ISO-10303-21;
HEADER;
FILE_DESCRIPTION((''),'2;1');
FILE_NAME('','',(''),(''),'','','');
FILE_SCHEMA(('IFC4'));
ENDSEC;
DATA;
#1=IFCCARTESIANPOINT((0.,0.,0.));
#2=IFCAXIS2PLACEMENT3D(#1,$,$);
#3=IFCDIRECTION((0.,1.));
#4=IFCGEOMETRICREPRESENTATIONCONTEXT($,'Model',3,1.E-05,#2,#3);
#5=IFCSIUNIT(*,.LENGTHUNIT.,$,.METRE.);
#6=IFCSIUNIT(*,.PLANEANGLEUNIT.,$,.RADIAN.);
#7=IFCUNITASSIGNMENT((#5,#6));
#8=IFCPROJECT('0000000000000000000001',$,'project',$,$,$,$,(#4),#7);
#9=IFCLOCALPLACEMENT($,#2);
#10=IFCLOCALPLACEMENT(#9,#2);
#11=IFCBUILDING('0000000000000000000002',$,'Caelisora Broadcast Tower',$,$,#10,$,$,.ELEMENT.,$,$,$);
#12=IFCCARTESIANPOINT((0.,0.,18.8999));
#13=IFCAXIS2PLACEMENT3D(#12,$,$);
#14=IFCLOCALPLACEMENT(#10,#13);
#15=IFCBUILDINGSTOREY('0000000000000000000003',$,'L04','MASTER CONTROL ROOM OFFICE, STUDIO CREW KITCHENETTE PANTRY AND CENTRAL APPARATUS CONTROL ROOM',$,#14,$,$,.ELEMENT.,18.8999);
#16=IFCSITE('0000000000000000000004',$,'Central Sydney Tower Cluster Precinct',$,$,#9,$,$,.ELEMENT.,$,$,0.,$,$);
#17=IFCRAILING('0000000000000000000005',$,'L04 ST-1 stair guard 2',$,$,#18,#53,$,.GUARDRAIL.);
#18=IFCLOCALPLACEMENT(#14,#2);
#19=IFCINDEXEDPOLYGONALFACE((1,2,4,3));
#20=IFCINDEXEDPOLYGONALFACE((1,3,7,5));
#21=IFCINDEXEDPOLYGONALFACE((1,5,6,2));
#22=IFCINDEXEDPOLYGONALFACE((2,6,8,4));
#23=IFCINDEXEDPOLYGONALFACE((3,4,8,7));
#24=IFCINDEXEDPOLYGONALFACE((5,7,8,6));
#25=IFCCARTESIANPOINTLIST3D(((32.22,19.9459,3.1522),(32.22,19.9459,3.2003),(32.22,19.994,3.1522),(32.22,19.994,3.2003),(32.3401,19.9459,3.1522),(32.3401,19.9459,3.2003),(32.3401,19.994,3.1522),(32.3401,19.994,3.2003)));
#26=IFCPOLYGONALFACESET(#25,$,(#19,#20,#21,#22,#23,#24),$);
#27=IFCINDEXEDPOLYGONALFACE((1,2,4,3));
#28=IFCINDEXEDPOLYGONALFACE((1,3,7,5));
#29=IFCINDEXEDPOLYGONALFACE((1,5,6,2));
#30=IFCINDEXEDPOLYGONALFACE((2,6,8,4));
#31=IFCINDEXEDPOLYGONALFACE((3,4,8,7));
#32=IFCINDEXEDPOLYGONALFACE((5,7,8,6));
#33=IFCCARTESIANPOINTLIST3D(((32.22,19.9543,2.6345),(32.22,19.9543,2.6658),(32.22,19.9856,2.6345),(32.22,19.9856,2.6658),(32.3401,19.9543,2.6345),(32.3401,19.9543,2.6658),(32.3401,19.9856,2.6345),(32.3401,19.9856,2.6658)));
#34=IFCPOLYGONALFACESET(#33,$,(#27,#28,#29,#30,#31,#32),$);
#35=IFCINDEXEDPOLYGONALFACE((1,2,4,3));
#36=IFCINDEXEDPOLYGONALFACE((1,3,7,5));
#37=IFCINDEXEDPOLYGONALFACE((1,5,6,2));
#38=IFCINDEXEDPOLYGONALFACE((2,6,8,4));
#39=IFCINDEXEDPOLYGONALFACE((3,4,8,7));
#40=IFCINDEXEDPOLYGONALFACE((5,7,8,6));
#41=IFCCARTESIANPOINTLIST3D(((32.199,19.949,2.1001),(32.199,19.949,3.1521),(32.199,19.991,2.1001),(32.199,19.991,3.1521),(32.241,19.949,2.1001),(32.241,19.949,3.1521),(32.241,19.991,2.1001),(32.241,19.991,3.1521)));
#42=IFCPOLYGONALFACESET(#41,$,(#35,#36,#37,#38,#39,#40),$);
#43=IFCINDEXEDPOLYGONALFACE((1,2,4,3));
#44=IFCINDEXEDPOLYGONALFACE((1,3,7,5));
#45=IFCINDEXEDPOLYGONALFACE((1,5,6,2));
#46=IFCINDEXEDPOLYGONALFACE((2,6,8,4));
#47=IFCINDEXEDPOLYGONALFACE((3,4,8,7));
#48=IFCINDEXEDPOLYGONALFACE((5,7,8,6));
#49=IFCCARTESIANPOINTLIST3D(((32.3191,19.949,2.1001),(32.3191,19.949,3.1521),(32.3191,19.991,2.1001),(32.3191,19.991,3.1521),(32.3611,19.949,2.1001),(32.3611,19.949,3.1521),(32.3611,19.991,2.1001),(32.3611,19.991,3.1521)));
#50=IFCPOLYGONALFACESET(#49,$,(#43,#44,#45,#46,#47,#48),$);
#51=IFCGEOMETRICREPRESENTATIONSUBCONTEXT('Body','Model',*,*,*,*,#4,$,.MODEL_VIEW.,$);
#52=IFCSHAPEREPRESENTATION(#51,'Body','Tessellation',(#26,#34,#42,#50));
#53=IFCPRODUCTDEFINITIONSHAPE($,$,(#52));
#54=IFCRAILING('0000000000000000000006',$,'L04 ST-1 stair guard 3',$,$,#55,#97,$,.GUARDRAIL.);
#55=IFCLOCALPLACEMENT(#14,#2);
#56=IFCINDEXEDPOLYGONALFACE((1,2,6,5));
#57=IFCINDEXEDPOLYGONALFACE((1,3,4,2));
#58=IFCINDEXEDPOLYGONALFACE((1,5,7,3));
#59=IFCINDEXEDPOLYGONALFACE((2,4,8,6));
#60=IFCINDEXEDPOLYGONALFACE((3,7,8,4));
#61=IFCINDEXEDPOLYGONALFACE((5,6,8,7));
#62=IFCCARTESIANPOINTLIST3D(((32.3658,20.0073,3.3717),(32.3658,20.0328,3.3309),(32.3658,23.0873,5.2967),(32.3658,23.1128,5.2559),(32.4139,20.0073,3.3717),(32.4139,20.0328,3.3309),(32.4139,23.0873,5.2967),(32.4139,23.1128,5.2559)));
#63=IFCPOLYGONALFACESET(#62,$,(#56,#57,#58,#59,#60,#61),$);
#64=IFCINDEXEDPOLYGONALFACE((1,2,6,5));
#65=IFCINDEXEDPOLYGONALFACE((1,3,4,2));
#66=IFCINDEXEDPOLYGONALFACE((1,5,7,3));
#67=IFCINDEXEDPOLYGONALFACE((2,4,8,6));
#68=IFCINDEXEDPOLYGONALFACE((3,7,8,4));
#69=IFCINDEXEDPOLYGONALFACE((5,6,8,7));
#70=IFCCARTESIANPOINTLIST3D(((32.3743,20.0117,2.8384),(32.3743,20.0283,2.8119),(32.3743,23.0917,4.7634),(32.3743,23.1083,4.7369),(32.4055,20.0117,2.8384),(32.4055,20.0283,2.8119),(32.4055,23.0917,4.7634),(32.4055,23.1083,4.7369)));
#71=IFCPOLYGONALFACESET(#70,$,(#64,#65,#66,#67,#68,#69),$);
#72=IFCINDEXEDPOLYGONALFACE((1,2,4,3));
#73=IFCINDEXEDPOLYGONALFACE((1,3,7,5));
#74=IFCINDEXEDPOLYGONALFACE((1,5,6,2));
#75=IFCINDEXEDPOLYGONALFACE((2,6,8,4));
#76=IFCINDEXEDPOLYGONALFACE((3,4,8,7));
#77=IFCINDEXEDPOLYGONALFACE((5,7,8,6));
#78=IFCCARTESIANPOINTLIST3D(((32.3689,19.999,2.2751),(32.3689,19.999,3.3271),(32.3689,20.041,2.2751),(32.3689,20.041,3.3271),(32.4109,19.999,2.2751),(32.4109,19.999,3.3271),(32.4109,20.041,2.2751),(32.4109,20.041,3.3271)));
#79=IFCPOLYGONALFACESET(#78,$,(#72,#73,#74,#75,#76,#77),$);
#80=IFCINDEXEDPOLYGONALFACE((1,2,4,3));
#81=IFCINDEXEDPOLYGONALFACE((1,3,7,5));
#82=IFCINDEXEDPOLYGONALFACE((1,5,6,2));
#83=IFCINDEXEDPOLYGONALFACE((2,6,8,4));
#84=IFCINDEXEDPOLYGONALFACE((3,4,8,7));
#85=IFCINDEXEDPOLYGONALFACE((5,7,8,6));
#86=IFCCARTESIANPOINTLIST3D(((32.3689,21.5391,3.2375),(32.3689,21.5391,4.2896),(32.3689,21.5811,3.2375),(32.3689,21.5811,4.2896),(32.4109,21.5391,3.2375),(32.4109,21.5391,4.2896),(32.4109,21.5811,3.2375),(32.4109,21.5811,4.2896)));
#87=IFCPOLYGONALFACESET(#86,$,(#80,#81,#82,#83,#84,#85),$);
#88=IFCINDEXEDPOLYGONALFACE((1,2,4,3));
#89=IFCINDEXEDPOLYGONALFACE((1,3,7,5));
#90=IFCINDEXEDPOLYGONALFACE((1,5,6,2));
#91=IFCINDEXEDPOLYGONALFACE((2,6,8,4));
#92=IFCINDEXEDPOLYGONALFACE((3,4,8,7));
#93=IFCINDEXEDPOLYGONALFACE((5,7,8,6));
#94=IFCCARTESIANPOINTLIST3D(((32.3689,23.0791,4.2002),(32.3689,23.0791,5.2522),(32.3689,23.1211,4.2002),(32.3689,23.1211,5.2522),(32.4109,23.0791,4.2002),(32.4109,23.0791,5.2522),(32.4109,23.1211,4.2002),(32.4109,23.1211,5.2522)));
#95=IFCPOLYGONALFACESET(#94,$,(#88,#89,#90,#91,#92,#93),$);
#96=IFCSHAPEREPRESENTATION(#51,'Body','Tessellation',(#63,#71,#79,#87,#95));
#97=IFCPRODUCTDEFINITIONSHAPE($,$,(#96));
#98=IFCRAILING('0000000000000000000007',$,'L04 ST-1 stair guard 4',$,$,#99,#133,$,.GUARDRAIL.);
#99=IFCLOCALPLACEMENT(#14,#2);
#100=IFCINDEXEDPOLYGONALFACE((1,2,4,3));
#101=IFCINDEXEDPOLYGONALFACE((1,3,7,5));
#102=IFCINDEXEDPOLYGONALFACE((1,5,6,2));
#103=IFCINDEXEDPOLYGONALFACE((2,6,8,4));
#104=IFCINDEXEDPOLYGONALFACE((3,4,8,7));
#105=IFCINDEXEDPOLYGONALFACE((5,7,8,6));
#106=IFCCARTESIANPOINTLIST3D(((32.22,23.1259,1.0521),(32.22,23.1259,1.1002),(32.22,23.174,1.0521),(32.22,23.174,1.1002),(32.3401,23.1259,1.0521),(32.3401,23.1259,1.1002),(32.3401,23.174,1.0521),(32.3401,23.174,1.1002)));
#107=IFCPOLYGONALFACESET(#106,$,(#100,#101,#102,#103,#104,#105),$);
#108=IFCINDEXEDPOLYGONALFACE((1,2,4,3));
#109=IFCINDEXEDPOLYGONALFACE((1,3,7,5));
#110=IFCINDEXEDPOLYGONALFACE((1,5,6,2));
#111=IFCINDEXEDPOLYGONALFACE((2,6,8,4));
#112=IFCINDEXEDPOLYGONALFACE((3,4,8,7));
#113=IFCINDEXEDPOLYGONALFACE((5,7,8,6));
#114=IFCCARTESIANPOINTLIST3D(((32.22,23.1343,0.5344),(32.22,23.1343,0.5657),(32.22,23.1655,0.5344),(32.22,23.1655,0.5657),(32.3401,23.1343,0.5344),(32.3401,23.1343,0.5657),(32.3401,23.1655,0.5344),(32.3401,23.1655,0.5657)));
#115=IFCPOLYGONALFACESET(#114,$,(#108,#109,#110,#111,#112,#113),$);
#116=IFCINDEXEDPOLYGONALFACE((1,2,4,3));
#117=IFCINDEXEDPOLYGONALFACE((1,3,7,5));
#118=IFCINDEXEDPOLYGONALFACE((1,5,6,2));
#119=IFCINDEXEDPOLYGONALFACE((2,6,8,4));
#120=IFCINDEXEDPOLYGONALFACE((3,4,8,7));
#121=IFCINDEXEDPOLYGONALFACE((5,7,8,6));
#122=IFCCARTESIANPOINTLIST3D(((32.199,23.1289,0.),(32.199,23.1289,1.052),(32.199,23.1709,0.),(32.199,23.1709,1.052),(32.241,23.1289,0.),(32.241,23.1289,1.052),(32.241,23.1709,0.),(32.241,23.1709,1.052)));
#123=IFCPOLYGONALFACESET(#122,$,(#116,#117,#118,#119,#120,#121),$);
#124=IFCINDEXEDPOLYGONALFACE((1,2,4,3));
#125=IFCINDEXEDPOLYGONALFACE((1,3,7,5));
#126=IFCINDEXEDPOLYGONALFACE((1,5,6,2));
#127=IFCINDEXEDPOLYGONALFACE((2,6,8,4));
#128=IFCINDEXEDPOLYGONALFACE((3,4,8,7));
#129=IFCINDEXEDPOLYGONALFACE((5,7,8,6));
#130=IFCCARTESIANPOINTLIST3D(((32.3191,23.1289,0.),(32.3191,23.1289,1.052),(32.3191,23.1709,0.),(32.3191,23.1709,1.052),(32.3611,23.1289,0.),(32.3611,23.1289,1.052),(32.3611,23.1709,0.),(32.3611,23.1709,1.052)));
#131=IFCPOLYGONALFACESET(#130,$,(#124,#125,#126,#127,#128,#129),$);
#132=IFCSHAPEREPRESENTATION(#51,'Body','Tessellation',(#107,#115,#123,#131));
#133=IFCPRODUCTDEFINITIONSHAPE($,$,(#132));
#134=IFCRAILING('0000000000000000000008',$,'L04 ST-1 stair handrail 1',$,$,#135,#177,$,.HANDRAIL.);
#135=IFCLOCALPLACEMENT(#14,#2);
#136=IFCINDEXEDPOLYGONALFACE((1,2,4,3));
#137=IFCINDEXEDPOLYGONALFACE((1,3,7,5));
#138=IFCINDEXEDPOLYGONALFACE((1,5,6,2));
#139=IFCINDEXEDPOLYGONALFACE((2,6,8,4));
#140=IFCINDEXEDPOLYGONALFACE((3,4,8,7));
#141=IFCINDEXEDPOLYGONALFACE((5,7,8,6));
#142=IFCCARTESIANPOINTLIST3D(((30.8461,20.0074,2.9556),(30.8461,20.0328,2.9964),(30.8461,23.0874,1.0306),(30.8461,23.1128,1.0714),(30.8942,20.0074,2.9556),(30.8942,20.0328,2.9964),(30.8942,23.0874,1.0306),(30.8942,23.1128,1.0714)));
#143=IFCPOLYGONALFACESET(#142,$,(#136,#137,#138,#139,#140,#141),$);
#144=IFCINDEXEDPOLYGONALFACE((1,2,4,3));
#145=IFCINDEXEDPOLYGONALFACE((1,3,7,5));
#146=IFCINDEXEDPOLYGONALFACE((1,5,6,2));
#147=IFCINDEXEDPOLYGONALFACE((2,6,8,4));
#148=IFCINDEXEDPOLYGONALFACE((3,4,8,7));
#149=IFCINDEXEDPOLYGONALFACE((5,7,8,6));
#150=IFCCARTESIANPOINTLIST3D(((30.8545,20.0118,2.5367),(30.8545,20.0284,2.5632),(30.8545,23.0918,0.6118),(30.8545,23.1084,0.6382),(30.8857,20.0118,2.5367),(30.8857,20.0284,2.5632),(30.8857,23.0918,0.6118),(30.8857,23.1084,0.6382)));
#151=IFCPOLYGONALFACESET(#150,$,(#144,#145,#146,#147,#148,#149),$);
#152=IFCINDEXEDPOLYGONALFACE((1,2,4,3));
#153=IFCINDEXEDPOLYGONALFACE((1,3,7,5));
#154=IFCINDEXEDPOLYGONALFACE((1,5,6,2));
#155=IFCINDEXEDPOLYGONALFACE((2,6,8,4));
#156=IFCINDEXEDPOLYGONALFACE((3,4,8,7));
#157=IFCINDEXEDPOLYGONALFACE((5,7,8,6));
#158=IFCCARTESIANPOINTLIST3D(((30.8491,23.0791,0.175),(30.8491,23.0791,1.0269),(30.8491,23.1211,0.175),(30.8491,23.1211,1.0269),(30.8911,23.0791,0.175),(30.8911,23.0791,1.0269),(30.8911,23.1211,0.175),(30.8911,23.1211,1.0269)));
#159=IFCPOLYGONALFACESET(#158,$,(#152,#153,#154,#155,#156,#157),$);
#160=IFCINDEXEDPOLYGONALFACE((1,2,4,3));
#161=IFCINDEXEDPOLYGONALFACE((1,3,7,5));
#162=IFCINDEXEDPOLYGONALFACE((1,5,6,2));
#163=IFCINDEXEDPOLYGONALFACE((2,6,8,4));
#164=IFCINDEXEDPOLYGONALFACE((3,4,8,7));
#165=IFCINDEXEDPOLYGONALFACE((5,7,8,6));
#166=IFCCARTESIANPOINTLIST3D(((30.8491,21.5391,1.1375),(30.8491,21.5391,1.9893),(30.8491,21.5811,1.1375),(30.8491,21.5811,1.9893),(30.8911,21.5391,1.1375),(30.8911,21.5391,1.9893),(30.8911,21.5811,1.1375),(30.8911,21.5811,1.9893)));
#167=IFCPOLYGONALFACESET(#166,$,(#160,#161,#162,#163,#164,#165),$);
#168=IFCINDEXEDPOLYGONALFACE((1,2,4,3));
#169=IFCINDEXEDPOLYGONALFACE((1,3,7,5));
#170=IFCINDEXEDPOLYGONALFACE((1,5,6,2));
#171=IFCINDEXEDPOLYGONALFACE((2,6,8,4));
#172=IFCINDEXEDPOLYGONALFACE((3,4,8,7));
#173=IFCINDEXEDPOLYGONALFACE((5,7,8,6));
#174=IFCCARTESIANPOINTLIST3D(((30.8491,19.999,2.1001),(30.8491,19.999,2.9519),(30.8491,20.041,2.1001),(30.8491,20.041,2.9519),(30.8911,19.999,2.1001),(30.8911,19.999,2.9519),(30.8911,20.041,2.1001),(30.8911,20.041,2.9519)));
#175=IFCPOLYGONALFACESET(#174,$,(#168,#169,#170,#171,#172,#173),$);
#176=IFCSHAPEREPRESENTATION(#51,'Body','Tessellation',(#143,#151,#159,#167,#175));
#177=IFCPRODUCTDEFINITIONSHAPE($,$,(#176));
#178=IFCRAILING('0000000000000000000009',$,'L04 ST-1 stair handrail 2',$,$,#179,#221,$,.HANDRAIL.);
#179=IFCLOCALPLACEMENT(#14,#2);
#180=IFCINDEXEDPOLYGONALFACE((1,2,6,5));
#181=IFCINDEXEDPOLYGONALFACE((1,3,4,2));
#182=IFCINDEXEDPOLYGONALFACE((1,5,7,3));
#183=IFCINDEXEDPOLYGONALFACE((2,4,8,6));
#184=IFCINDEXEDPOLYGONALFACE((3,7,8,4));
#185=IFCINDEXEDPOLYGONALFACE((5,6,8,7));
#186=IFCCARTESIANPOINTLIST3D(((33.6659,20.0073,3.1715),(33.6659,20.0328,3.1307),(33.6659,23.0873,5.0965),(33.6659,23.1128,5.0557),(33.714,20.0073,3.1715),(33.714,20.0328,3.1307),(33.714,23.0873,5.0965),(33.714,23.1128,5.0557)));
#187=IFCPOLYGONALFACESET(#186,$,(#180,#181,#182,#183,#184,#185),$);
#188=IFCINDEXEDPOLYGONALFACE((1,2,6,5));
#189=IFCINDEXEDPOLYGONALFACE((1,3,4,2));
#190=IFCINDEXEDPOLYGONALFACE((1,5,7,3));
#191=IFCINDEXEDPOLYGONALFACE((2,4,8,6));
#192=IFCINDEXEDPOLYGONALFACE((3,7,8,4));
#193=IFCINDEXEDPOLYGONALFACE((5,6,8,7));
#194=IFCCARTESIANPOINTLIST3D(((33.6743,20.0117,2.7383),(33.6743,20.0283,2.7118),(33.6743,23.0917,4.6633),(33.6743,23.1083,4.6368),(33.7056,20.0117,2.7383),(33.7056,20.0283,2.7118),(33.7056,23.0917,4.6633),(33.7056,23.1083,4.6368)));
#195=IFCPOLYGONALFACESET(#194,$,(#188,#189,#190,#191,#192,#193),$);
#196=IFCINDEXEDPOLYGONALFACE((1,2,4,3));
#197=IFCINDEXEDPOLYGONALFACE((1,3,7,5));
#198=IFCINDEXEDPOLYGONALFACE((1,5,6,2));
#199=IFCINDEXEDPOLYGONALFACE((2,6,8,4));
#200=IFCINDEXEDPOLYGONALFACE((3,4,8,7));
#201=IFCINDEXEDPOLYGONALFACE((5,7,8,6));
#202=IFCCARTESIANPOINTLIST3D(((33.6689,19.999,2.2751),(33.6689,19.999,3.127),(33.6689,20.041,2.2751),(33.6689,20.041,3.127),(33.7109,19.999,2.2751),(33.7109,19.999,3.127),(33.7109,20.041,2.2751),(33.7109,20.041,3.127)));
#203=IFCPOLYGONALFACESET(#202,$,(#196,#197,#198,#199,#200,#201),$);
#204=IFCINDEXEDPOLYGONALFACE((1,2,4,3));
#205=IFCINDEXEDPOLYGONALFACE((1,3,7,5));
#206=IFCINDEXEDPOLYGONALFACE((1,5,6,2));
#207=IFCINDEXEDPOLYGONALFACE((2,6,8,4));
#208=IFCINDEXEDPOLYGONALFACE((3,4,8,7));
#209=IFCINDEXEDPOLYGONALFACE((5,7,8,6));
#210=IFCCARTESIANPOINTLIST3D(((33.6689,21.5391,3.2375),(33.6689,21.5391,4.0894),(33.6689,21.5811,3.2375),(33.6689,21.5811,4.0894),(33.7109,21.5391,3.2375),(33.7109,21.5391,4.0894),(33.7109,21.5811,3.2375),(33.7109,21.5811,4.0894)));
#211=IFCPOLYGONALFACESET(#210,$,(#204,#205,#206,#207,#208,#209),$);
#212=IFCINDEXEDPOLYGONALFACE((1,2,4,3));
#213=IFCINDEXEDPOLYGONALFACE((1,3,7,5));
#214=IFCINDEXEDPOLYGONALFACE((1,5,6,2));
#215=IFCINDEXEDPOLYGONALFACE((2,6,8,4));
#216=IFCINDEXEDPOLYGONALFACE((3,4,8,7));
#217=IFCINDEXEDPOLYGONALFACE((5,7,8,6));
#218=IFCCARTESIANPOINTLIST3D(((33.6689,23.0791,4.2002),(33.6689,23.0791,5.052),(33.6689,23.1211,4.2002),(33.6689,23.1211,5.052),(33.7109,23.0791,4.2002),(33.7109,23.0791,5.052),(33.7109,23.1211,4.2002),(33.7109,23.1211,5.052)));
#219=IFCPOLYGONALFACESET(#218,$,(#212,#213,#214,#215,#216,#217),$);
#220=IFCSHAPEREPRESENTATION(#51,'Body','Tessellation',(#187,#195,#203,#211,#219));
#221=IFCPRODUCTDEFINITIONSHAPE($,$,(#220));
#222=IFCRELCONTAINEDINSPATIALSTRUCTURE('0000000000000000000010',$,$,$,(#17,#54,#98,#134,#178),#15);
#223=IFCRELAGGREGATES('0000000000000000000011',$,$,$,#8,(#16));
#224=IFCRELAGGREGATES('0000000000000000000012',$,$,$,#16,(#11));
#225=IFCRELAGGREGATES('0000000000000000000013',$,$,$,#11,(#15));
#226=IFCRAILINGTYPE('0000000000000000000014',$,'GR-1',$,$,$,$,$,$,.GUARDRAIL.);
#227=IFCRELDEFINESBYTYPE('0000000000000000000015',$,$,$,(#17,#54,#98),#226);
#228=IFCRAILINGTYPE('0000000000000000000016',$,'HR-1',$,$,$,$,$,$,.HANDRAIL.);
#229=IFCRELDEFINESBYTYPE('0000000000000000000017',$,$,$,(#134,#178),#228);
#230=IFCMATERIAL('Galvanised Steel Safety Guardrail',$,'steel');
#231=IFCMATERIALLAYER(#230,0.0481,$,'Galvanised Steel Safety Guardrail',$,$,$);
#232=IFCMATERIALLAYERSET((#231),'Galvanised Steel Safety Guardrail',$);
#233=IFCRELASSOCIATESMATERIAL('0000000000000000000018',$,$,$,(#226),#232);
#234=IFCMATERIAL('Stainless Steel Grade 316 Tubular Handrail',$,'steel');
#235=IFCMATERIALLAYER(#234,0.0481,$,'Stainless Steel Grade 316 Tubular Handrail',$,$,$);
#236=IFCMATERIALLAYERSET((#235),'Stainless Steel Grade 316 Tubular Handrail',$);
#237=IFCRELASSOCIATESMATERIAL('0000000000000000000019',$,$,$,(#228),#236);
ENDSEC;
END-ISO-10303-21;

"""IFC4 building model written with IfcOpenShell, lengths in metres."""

from ifc_helpers import new_model, si_unit, direction, frame, origin, origin_2d, place, context, subcontext, project, spatial, rectangle, extrude, material, layer, layer_set, type_object, element, save


model = new_model("IFC4")

# Units and contexts
model_context = context("Model", 3, precision=1e-05, world=origin(), true_north=direction((0.0, 1.0)))
body_context = subcontext(model_context, "Body", "Model", "MODEL_VIEW")
ifc_project = project(units=[si_unit("LENGTHUNIT", "METRE"), si_unit("PLANEANGLEUNIT", "RADIAN")], contexts=[model_context])

# Site, building, storey
site_placement = place(None, origin())
site = spatial("IfcSite", under=ifc_project, at=site_placement, Name="Central Sydney Tower Cluster Precinct", CompositionType="ELEMENT", RefElevation=0.0)
building_placement = place(site_placement, origin())
building = spatial("IfcBuilding", under=site, at=building_placement, Name="Caelisora Broadcast Tower", CompositionType="ELEMENT")
storey_placement = place(building_placement, frame((0.0, 0.0, 18.8999)))
storey = spatial("IfcBuildingStorey", under=building, at=storey_placement, Name="L04", Description="MASTER CONTROL ROOM OFFICE, STUDIO CREW KITCHENETTE PANTRY AND CENTRAL APPARATUS CONTROL ROOM", CompositionType="ELEMENT", Elevation=18.8999)

# Railings
ifc_material_1 = material(Name="Galvanised Steel Safety Guardrail", Category="steel")
ifc_layer_1 = layer(ifc_material_1, 0.0481, Name="Galvanised Steel Safety Guardrail")
ifc_layer_set_1 = layer_set([ifc_layer_1], Name="Galvanised Steel Safety Guardrail")
railing_type_1 = type_object("IfcRailingType", Name="GR-1", PredefinedType="GUARDRAIL", material=ifc_layer_set_1)
railing_1_placement = place(storey_placement, frame((32.22, 19.97, 2.1001)))
element("IfcRailing", 1, at=railing_1_placement, inside=storey, type_object=railing_type_1, Name="L04 ST-1 stair guard 2", PredefinedType="GUARDRAIL", context=body_context, shape_type="SweptSolid", body=[
    extrude(rectangle(XDim=0.0481, YDim=0.0481, at=origin_2d()), frame((0.0, 0.0, 1.0762), z_axis=(1.0, 0.0, 0.0), x_axis=(0.0, 1.0, 0.0)), (0.0, 0.0, 1.0), 0.1201),
    extrude(rectangle(XDim=0.0312, YDim=0.0312, at=origin_2d()), frame((0.0, 0.0, 0.55), z_axis=(1.0, 0.0, 0.0), x_axis=(0.0, 1.0, 0.0)), (0.0, 0.0, 1.0), 0.1201),
    extrude(rectangle(XDim=0.042, YDim=0.042, at=origin_2d()), origin(), (0.0, 0.0, 1.0), 1.052),
    extrude(rectangle(XDim=0.042, YDim=0.042, at=origin_2d()), frame((0.1201, 0.0, 0.0)), (0.0, 0.0, 1.0), 1.052),
])
railing_2_placement = place(storey_placement, frame((32.3899, 20.02, 2.2751)))
element("IfcRailing", 2, at=railing_2_placement, inside=storey, type_object=railing_type_1, Name="L04 ST-1 stair guard 3", PredefinedType="GUARDRAIL", context=body_context, shape_type="SweptSolid", body=[
    extrude(rectangle(XDim=0.0481, YDim=0.0481, at=origin_2d()), frame((0.0, 0.0, 1.0762), z_axis=(0.0, 0.847998, 0.529999), x_axis=(-1.0, 0.0, 0.0)), (0.0, 0.0, 1.0), 3.6321),
    extrude(rectangle(XDim=0.0312, YDim=0.0312, at=origin_2d()), frame((0.0, 0.0, 0.55), z_axis=(0.0, 0.847998, 0.529999), x_axis=(-1.0, 0.0, 0.0)), (0.0, 0.0, 1.0), 3.6321),
    extrude(rectangle(XDim=0.042, YDim=0.042, at=origin_2d()), origin(), (0.0, 0.0, 1.0), 1.052),
    extrude(rectangle(XDim=0.042, YDim=0.042, at=origin_2d()), frame((0.0, 1.54, 0.9624)), (0.0, 0.0, 1.0), 1.052),
    extrude(rectangle(XDim=0.042, YDim=0.042, at=origin_2d()), frame((0.0, 3.0801, 1.925)), (0.0, 0.0, 1.0), 1.052),
])
railing_3_placement = place(storey_placement, frame((32.22, 23.1499, 0.0)))
element("IfcRailing", 3, at=railing_3_placement, inside=storey, type_object=railing_type_1, Name="L04 ST-1 stair guard 4", PredefinedType="GUARDRAIL", context=body_context, shape_type="SweptSolid", body=[
    extrude(rectangle(XDim=0.0481, YDim=0.0481, at=origin_2d()), frame((0.0, 0.0, 1.0762), z_axis=(1.0, 0.0, 0.0), x_axis=(0.0, 1.0, 0.0)), (0.0, 0.0, 1.0), 0.1201),
    extrude(rectangle(XDim=0.0312, YDim=0.0312, at=origin_2d()), frame((0.0, 0.0, 0.55), z_axis=(1.0, 0.0, 0.0), x_axis=(0.0, 1.0, 0.0)), (0.0, 0.0, 1.0), 0.1201),
    extrude(rectangle(XDim=0.042, YDim=0.042, at=origin_2d()), origin(), (0.0, 0.0, 1.0), 1.052),
    extrude(rectangle(XDim=0.042, YDim=0.042, at=origin_2d()), frame((0.1201, 0.0, 0.0)), (0.0, 0.0, 1.0), 1.052),
])
ifc_material_2 = material(Name="Stainless Steel Grade 316 Tubular Handrail", Category="steel")
ifc_layer_2 = layer(ifc_material_2, 0.0481, Name="Stainless Steel Grade 316 Tubular Handrail")
ifc_layer_set_2 = layer_set([ifc_layer_2], Name="Stainless Steel Grade 316 Tubular Handrail")
railing_type_2 = type_object("IfcRailingType", Name="HR-1", PredefinedType="HANDRAIL", material=ifc_layer_set_2)
railing_4_placement = place(storey_placement, frame((30.8701, 23.1001, 0.175)))
element("IfcRailing", 4, at=railing_4_placement, inside=storey, type_object=railing_type_2, Name="L04 ST-1 stair handrail 1", PredefinedType="HANDRAIL", context=body_context, shape_type="SweptSolid", body=[
    extrude(rectangle(XDim=0.0481, YDim=0.0481, at=origin_2d()), frame((0.0, 0.0, 0.876), z_axis=(0.0, -0.847998, 0.529999), x_axis=(1.0, 0.0, 0.0)), (0.0, 0.0, 1.0), 3.6321),
    extrude(rectangle(XDim=0.0312, YDim=0.0312, at=origin_2d()), frame((0.0, 0.0, 0.45), z_axis=(0.0, -0.847998, 0.529999), x_axis=(1.0, 0.0, 0.0)), (0.0, 0.0, 1.0), 3.6321),
    extrude(rectangle(XDim=0.042, YDim=0.042, at=origin_2d()), origin(), (0.0, 0.0, 1.0), 0.8518),
    extrude(rectangle(XDim=0.042, YDim=0.042, at=origin_2d()), frame((0.0, -1.54, 0.9624)), (0.0, 0.0, 1.0), 0.8518),
    extrude(rectangle(XDim=0.042, YDim=0.042, at=origin_2d()), frame((0.0, -3.0801, 1.925)), (0.0, 0.0, 1.0), 0.8518),
])
railing_5_placement = place(storey_placement, frame((33.6899, 20.02, 2.2751)))
element("IfcRailing", 5, at=railing_5_placement, inside=storey, type_object=railing_type_2, Name="L04 ST-1 stair handrail 2", PredefinedType="HANDRAIL", context=body_context, shape_type="SweptSolid", body=[
    extrude(rectangle(XDim=0.0481, YDim=0.0481, at=origin_2d()), frame((0.0, 0.0, 0.876), z_axis=(0.0, 0.847998, 0.529999), x_axis=(-1.0, 0.0, 0.0)), (0.0, 0.0, 1.0), 3.6321),
    extrude(rectangle(XDim=0.0312, YDim=0.0312, at=origin_2d()), frame((0.0, 0.0, 0.45), z_axis=(0.0, 0.847998, 0.529999), x_axis=(-1.0, 0.0, 0.0)), (0.0, 0.0, 1.0), 3.6321),
    extrude(rectangle(XDim=0.042, YDim=0.042, at=origin_2d()), origin(), (0.0, 0.0, 1.0), 0.8518),
    extrude(rectangle(XDim=0.042, YDim=0.042, at=origin_2d()), frame((0.0, 1.54, 0.9624)), (0.0, 0.0, 1.0), 0.8518),
    extrude(rectangle(XDim=0.042, YDim=0.042, at=origin_2d()), frame((0.0, 3.0801, 1.925)), (0.0, 0.0, 1.0), 0.8518),
])

save(model, "model.ifc")
